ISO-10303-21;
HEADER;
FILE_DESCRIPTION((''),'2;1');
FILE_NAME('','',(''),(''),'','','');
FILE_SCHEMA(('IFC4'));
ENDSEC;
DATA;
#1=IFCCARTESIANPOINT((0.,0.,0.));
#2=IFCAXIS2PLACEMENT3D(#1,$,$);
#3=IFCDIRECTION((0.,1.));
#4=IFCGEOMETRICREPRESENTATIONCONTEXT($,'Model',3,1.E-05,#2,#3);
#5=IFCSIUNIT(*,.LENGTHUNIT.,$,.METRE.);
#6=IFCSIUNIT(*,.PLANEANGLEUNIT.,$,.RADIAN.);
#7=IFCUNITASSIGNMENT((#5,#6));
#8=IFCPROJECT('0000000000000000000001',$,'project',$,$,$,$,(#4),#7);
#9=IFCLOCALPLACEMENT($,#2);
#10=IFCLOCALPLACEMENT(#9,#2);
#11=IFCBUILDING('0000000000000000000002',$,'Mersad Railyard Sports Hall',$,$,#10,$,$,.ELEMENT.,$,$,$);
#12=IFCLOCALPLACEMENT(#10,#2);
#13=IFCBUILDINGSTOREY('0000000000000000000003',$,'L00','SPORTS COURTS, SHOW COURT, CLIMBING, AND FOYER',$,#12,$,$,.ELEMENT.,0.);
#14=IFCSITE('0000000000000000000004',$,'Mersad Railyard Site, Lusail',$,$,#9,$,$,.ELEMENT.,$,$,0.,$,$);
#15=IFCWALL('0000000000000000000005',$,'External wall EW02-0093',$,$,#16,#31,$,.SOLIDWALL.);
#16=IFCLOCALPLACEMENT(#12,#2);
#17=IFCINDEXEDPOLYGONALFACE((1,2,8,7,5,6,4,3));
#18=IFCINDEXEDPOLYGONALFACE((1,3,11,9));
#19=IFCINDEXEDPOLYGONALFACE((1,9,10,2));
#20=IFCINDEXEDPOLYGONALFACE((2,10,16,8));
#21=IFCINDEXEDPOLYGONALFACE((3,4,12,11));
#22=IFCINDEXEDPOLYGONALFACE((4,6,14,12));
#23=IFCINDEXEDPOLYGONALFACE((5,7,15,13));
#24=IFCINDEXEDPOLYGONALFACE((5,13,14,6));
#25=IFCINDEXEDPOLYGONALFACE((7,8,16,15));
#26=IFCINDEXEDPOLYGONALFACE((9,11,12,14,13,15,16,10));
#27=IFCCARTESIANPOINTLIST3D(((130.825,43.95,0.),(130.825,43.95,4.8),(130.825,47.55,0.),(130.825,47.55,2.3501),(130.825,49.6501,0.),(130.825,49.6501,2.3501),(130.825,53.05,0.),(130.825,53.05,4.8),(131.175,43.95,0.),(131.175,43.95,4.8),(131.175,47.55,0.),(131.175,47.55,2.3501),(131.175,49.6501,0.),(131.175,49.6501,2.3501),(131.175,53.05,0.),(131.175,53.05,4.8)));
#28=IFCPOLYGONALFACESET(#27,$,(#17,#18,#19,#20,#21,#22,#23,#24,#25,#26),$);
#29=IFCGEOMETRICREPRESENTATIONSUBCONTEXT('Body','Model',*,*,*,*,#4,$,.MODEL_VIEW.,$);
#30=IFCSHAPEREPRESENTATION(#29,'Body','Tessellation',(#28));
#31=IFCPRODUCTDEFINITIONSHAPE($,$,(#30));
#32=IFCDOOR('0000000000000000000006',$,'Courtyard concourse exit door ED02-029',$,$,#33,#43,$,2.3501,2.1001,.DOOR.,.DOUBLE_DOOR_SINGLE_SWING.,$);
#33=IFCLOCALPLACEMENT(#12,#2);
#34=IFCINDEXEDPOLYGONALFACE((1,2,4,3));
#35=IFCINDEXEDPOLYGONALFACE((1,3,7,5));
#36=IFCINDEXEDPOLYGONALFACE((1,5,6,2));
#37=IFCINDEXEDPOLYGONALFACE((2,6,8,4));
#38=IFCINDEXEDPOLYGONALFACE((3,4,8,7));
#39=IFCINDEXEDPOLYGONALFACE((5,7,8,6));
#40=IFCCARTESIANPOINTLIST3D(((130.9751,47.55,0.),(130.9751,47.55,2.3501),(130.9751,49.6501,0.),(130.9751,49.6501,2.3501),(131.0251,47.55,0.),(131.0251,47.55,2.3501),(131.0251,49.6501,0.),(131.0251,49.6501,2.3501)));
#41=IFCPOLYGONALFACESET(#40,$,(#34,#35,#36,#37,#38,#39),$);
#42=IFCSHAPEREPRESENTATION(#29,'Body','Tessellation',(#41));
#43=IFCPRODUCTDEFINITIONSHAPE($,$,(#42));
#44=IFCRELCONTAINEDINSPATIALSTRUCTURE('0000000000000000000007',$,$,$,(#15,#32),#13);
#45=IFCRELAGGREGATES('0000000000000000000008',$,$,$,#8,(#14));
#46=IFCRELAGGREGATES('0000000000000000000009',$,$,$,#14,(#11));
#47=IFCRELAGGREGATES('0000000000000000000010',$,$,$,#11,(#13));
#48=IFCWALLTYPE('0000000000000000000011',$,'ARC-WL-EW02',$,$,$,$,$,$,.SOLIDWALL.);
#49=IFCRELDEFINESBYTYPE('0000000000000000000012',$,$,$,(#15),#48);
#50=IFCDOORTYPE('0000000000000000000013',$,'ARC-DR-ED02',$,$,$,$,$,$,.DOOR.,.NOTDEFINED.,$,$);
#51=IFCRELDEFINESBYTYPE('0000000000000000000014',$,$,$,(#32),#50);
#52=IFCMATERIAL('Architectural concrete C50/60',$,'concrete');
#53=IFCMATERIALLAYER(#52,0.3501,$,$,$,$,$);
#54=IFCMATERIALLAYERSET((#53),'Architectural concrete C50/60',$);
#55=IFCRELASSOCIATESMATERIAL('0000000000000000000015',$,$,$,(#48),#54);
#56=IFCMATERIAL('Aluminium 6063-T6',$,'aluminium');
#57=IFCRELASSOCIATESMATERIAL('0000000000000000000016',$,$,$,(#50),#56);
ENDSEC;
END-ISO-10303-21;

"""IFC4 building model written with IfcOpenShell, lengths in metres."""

from ifc_helpers import new_model, si_unit, direction, frame, frame_2d, origin, place, context, subcontext, project, spatial, rectangle, extrude, material, layer, layer_set, type_object, element, fill, save


model = new_model("IFC4")

# Units and contexts
model_context = context("Model", 3, precision=1e-05, world=origin(), true_north=direction((0.0, 1.0)))
body_context = subcontext(model_context, "Body", "Model", "MODEL_VIEW")
ifc_project = project(units=[si_unit("LENGTHUNIT", "METRE"), si_unit("PLANEANGLEUNIT", "RADIAN")], contexts=[model_context])

# Site, building, storey
site_placement = place(None, origin())
site = spatial("IfcSite", under=ifc_project, at=site_placement, Name="Mersad Railyard Site, Lusail", CompositionType="ELEMENT", RefElevation=0.0)
building_placement = place(site_placement, origin())
building = spatial("IfcBuilding", under=site, at=building_placement, Name="Mersad Railyard Sports Hall", CompositionType="ELEMENT")
storey_placement = place(building_placement, origin())
storey = spatial("IfcBuildingStorey", under=building, at=storey_placement, Name="L00", Description="SPORTS COURTS, SHOW COURT, CLIMBING, AND FOYER", CompositionType="ELEMENT", Elevation=0.0)

# Shared definitions
ifc_material_1 = material(Name="Architectural concrete C50/60", Category="concrete")

# Shared definitions
ifc_material_2 = material(Name="Aluminium 6063-T6", Category="aluminium")

# Wall, opening, door
ifc_layer_1 = layer(ifc_material_1, 0.3501)
ifc_layer_set_1 = layer_set([ifc_layer_1], Name="Architectural concrete C50/60")
wall_type = type_object("IfcWallType", Name="ARC-WL-EW02", PredefinedType="SOLIDWALL", material=ifc_layer_set_1)
wall_placement = place(storey_placement, frame((131.0, 43.95, 0.0), z_axis=(0.0, 0.0, 1.0), x_axis=(0.0, 1.0, 0.0)))
wall = element("IfcWall", 1, at=wall_placement, inside=storey, type_object=wall_type, Name="External wall EW02-0093", PredefinedType="SOLIDWALL", context=body_context, shape_type="SweptSolid", body=[
    extrude(rectangle(XDim=9.1001, YDim=0.3501, at=frame_2d((4.55, 0.0))), origin(), (0.0, 0.0, 1.0), 4.8),
])
opening_placement = place(wall_placement, frame((3.6001, 0.0, 0.0)))
opening = element("IfcOpeningElement", 2, at=opening_placement, cuts=wall, PredefinedType="OPENING", context=body_context, shape_type="SweptSolid", body=[
    extrude(rectangle(XDim=2.1001, YDim=2.3501, at=frame_2d((1.05, 1.175))), frame((0.0, 0.1851, 0.0), z_axis=(0.0, -1.0, 0.0), x_axis=(1.0, 0.0, 0.0)), (0.0, 0.0, 1.0), 0.3701),
])
door_type = type_object("IfcDoorType", Name="ARC-DR-ED02", OperationType="NOTDEFINED", PredefinedType="DOOR", material=ifc_material_2)
door_placement = place(opening_placement, origin())
door = element("IfcDoor", 3, at=door_placement, inside=storey, type_object=door_type, Name="Courtyard concourse exit door ED02-029", OperationType="DOUBLE_DOOR_SINGLE_SWING", OverallHeight=2.3501, OverallWidth=2.1001, PredefinedType="DOOR", context=body_context, shape_type="SweptSolid", body=[
    extrude(rectangle(XDim=2.1001, YDim=2.3501, at=frame_2d((1.05, 1.175))), frame((0.0, 0.0249, 0.0), z_axis=(0.0, -1.0, 0.0), x_axis=(1.0, 0.0, 0.0)), (0.0, 0.0, 1.0), 0.05),
])
fill(opening, door)

save(model, "model.ifc")
